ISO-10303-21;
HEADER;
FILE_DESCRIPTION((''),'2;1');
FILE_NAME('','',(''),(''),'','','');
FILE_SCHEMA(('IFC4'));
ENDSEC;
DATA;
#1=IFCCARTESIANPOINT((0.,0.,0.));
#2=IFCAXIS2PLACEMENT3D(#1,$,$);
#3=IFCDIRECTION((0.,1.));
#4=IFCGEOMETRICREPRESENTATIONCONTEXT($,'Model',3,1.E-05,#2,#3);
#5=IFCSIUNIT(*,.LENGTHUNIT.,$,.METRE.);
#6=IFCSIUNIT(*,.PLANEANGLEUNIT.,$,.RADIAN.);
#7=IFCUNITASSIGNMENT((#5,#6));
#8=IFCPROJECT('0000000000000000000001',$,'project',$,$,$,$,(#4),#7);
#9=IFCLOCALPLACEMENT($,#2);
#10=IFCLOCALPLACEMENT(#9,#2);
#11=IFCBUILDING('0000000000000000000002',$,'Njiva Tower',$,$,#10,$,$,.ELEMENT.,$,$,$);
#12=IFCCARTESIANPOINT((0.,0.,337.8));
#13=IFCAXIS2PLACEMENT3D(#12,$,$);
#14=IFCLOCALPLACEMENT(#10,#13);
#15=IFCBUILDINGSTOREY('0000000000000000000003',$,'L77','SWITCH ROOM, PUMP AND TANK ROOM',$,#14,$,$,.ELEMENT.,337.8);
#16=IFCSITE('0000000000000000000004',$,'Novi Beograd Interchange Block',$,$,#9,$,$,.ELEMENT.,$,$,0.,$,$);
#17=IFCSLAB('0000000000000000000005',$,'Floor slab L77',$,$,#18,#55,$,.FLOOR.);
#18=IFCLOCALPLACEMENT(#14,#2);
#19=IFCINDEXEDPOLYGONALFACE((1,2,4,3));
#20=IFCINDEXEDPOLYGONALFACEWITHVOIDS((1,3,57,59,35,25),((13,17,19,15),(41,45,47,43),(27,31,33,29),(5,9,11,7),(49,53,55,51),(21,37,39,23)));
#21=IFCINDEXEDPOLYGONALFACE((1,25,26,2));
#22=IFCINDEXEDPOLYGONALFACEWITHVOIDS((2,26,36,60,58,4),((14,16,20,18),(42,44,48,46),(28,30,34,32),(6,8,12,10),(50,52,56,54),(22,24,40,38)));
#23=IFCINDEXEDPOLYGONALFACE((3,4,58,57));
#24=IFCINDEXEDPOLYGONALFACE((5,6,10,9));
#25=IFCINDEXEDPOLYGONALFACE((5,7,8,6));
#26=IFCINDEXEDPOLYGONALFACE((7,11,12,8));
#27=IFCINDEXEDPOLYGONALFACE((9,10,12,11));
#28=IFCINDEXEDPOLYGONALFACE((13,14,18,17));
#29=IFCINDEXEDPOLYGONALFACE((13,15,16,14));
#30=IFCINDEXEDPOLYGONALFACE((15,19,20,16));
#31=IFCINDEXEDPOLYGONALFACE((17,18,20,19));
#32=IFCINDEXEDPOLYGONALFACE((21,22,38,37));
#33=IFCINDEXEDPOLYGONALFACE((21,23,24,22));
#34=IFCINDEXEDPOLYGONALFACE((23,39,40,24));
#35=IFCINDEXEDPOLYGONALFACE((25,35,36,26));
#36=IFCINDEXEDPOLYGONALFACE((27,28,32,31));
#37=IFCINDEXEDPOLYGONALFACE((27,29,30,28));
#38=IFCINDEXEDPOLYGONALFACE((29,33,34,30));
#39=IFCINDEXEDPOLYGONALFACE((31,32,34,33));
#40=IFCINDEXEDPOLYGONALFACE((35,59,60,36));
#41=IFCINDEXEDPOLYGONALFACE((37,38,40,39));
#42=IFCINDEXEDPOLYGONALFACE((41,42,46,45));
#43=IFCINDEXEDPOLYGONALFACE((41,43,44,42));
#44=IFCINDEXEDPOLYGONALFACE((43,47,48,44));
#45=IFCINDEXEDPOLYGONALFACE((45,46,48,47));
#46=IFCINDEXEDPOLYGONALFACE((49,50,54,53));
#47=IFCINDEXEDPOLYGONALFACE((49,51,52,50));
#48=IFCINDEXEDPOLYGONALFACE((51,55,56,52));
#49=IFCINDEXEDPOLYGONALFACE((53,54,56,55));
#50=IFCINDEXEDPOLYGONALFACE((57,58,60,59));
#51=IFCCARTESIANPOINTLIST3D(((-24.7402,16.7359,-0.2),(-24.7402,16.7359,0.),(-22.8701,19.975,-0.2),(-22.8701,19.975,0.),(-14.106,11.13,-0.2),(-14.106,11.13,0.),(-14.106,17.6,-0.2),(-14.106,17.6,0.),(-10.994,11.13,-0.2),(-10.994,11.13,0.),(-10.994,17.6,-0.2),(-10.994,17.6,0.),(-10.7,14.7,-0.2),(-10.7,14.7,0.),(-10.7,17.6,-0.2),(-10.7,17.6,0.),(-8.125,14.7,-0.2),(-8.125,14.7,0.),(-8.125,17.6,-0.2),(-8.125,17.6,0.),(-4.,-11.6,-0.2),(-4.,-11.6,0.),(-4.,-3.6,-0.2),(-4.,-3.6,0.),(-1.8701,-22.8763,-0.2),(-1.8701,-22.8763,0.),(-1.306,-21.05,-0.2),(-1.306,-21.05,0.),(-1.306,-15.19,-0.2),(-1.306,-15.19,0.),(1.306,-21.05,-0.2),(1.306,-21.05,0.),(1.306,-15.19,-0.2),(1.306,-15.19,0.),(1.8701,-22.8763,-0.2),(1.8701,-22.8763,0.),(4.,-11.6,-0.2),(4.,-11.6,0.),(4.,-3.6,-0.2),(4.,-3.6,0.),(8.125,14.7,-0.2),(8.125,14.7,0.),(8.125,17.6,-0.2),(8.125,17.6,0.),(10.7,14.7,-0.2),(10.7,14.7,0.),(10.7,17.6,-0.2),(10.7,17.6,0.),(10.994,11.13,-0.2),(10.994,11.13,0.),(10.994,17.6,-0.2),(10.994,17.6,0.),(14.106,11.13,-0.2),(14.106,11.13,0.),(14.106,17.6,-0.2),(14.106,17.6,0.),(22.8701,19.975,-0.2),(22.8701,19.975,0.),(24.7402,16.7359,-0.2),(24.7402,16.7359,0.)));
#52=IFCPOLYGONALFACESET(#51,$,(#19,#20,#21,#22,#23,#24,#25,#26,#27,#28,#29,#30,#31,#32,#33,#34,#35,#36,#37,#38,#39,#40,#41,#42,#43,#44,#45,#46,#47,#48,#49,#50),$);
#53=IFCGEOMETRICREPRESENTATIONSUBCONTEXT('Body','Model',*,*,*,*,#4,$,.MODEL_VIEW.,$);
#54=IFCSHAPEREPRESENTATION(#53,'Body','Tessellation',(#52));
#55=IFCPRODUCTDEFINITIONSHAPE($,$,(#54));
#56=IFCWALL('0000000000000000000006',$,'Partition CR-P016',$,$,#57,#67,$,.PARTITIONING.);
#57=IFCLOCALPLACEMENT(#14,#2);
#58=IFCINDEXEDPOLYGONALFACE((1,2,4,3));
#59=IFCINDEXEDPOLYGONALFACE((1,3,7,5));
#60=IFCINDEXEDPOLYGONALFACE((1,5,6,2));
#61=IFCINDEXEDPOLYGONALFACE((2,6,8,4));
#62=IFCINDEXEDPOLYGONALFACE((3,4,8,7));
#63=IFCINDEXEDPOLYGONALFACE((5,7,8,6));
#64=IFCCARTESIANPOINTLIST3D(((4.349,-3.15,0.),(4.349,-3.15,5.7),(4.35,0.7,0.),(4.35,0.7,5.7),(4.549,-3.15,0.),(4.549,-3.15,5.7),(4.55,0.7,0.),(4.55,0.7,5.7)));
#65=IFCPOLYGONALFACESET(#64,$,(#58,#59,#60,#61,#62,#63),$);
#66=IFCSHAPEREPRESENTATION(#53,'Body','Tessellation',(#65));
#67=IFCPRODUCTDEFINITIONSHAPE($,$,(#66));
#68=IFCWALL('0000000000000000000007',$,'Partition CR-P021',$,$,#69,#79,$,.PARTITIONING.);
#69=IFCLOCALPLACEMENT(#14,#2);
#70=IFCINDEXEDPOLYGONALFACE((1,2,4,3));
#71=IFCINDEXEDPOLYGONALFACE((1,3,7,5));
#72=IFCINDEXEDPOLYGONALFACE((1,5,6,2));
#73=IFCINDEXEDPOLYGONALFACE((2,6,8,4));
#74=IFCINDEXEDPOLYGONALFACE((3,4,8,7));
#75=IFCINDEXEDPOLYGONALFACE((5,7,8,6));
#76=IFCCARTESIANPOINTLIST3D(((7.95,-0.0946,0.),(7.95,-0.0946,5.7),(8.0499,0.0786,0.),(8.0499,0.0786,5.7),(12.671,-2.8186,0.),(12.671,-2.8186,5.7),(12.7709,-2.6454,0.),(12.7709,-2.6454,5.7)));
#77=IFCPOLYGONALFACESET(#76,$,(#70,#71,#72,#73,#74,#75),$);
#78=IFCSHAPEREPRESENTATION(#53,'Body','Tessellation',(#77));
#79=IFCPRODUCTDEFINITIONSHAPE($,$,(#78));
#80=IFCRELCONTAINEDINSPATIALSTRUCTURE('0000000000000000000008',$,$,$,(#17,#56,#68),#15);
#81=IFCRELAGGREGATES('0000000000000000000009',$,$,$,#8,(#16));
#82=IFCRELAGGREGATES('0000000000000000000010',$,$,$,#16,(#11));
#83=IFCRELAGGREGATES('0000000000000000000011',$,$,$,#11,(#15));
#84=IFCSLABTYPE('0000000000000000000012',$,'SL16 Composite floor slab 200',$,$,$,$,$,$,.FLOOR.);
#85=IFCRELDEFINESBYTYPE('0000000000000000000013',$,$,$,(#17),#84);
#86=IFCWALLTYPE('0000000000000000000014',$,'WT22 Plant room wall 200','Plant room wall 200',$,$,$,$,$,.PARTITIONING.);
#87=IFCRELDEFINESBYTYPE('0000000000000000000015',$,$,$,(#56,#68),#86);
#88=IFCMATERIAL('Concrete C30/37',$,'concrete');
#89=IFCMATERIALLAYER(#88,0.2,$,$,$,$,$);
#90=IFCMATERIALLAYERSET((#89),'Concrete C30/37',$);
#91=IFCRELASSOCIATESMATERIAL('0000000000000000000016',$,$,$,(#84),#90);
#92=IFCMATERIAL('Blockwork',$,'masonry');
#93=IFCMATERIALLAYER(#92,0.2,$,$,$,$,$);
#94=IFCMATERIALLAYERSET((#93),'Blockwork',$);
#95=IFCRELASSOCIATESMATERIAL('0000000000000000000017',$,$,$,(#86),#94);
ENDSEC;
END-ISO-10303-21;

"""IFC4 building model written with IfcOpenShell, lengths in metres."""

from ifc_helpers import new_model, si_unit, direction, frame, frame_2d, origin, place, context, subcontext, project, spatial, polyline, rectangle, outline, extrude, material, layer, layer_set, type_object, element, save


model = new_model("IFC4")

# Units and contexts
model_context = context("Model", 3, precision=1e-05, world=origin(), true_north=direction((0.0, 1.0)))
body_context = subcontext(model_context, "Body", "Model", "MODEL_VIEW")
ifc_project = project(units=[si_unit("LENGTHUNIT", "METRE"), si_unit("PLANEANGLEUNIT", "RADIAN")], contexts=[model_context])

# Site, building, storey
site_placement = place(None, origin())
site = spatial("IfcSite", under=ifc_project, at=site_placement, Name="Novi Beograd Interchange Block", CompositionType="ELEMENT", RefElevation=0.0)
building_placement = place(site_placement, origin())
building = spatial("IfcBuilding", under=site, at=building_placement, Name="Njiva Tower", CompositionType="ELEMENT")
storey_placement = place(building_placement, frame((0.0, 0.0, 337.8)))
storey = spatial("IfcBuildingStorey", under=building, at=storey_placement, Name="L77", Description="SWITCH ROOM, PUMP AND TANK ROOM", CompositionType="ELEMENT", Elevation=337.8)

# Slab
ifc_material_1 = material(Name="Concrete C30/37", Category="concrete")
ifc_layer_1 = layer(ifc_material_1, 0.2)
ifc_layer_set_1 = layer_set([ifc_layer_1], Name="Concrete C30/37")
slab_type_1 = type_object("IfcSlabType", Name="SL16 Composite floor slab 200", PredefinedType="FLOOR", material=ifc_layer_set_1)
slab_1_placement = place(storey_placement, frame((0.0, 0.0, -0.2)))
element("IfcSlab", 1, at=slab_1_placement, inside=storey, type_object=slab_type_1, Name="Floor slab L77", PredefinedType="FLOOR", context=body_context, shape_type="SweptSolid", body=[
    extrude(outline(polyline([(24.7402, 16.7359), (1.8701, -22.8763), (-1.8701, -22.8763), (-24.7402, 16.7359), (-22.8701, 19.975), (22.8701, 19.975), (24.7402, 16.7359)]), holes=[polyline([(14.106, 17.6), (10.994, 17.6), (10.994, 11.13), (14.106, 11.13), (14.106, 17.6)]), polyline([(10.7, 14.7), (10.7, 17.6), (8.125, 17.6), (8.125, 14.7), (10.7, 14.7)]), polyline([(4.0, -3.6), (-4.0, -3.6), (-4.0, -11.6), (4.0, -11.6), (4.0, -3.6)]), polyline([(1.306, -15.19), (-1.306, -15.19), (-1.306, -21.05), (1.306, -21.05), (1.306, -15.19)]), polyline([(-8.125, 14.7), (-8.125, 17.6), (-10.7, 17.6), (-10.7, 14.7), (-8.125, 14.7)]), polyline([(-10.994, 11.13), (-10.994, 17.6), (-14.106, 17.6), (-14.106, 11.13), (-10.994, 11.13)])]), origin(), (0.0, 0.0, 1.0), 0.2),
])

# Walls
ifc_material_2 = material(Name="Blockwork", Category="masonry")
ifc_layer_2 = layer(ifc_material_2, 0.2)
ifc_layer_set_2 = layer_set([ifc_layer_2], Name="Blockwork")
wall_type = type_object("IfcWallType", Name="WT22 Plant room wall 200", Description="Plant room wall 200", PredefinedType="PARTITIONING", material=ifc_layer_set_2)
wall_1_placement = place(storey_placement, frame((4.449, -3.15, 0.0), z_axis=(0.0, 0.0, 1.0), x_axis=(0.00026, 1.0, 0.0)))
element("IfcWall", 2, at=wall_1_placement, inside=storey, type_object=wall_type, Name="Partition CR-P016", PredefinedType="PARTITIONING", context=body_context, shape_type="SweptSolid", body=[
    extrude(rectangle(XDim=3.85, YDim=0.2, at=frame_2d((1.925, 0.0))), origin(), (0.0, 0.0, 1.0), 5.7),
])
wall_2_placement = place(storey_placement, frame((8.0, -0.008, 0.0), z_axis=(0.0, 0.0, 1.0), x_axis=(0.866158, -0.49977, 0.0)))
element("IfcWall", 3, at=wall_2_placement, inside=storey, type_object=wall_type, Name="Partition CR-P021", PredefinedType="PARTITIONING", context=body_context, shape_type="SweptSolid", body=[
    extrude(rectangle(XDim=5.4505, YDim=0.2, at=frame_2d((2.7252, 0.0))), origin(), (0.0, 0.0, 1.0), 5.7),
])

save(model, "model.ifc")
